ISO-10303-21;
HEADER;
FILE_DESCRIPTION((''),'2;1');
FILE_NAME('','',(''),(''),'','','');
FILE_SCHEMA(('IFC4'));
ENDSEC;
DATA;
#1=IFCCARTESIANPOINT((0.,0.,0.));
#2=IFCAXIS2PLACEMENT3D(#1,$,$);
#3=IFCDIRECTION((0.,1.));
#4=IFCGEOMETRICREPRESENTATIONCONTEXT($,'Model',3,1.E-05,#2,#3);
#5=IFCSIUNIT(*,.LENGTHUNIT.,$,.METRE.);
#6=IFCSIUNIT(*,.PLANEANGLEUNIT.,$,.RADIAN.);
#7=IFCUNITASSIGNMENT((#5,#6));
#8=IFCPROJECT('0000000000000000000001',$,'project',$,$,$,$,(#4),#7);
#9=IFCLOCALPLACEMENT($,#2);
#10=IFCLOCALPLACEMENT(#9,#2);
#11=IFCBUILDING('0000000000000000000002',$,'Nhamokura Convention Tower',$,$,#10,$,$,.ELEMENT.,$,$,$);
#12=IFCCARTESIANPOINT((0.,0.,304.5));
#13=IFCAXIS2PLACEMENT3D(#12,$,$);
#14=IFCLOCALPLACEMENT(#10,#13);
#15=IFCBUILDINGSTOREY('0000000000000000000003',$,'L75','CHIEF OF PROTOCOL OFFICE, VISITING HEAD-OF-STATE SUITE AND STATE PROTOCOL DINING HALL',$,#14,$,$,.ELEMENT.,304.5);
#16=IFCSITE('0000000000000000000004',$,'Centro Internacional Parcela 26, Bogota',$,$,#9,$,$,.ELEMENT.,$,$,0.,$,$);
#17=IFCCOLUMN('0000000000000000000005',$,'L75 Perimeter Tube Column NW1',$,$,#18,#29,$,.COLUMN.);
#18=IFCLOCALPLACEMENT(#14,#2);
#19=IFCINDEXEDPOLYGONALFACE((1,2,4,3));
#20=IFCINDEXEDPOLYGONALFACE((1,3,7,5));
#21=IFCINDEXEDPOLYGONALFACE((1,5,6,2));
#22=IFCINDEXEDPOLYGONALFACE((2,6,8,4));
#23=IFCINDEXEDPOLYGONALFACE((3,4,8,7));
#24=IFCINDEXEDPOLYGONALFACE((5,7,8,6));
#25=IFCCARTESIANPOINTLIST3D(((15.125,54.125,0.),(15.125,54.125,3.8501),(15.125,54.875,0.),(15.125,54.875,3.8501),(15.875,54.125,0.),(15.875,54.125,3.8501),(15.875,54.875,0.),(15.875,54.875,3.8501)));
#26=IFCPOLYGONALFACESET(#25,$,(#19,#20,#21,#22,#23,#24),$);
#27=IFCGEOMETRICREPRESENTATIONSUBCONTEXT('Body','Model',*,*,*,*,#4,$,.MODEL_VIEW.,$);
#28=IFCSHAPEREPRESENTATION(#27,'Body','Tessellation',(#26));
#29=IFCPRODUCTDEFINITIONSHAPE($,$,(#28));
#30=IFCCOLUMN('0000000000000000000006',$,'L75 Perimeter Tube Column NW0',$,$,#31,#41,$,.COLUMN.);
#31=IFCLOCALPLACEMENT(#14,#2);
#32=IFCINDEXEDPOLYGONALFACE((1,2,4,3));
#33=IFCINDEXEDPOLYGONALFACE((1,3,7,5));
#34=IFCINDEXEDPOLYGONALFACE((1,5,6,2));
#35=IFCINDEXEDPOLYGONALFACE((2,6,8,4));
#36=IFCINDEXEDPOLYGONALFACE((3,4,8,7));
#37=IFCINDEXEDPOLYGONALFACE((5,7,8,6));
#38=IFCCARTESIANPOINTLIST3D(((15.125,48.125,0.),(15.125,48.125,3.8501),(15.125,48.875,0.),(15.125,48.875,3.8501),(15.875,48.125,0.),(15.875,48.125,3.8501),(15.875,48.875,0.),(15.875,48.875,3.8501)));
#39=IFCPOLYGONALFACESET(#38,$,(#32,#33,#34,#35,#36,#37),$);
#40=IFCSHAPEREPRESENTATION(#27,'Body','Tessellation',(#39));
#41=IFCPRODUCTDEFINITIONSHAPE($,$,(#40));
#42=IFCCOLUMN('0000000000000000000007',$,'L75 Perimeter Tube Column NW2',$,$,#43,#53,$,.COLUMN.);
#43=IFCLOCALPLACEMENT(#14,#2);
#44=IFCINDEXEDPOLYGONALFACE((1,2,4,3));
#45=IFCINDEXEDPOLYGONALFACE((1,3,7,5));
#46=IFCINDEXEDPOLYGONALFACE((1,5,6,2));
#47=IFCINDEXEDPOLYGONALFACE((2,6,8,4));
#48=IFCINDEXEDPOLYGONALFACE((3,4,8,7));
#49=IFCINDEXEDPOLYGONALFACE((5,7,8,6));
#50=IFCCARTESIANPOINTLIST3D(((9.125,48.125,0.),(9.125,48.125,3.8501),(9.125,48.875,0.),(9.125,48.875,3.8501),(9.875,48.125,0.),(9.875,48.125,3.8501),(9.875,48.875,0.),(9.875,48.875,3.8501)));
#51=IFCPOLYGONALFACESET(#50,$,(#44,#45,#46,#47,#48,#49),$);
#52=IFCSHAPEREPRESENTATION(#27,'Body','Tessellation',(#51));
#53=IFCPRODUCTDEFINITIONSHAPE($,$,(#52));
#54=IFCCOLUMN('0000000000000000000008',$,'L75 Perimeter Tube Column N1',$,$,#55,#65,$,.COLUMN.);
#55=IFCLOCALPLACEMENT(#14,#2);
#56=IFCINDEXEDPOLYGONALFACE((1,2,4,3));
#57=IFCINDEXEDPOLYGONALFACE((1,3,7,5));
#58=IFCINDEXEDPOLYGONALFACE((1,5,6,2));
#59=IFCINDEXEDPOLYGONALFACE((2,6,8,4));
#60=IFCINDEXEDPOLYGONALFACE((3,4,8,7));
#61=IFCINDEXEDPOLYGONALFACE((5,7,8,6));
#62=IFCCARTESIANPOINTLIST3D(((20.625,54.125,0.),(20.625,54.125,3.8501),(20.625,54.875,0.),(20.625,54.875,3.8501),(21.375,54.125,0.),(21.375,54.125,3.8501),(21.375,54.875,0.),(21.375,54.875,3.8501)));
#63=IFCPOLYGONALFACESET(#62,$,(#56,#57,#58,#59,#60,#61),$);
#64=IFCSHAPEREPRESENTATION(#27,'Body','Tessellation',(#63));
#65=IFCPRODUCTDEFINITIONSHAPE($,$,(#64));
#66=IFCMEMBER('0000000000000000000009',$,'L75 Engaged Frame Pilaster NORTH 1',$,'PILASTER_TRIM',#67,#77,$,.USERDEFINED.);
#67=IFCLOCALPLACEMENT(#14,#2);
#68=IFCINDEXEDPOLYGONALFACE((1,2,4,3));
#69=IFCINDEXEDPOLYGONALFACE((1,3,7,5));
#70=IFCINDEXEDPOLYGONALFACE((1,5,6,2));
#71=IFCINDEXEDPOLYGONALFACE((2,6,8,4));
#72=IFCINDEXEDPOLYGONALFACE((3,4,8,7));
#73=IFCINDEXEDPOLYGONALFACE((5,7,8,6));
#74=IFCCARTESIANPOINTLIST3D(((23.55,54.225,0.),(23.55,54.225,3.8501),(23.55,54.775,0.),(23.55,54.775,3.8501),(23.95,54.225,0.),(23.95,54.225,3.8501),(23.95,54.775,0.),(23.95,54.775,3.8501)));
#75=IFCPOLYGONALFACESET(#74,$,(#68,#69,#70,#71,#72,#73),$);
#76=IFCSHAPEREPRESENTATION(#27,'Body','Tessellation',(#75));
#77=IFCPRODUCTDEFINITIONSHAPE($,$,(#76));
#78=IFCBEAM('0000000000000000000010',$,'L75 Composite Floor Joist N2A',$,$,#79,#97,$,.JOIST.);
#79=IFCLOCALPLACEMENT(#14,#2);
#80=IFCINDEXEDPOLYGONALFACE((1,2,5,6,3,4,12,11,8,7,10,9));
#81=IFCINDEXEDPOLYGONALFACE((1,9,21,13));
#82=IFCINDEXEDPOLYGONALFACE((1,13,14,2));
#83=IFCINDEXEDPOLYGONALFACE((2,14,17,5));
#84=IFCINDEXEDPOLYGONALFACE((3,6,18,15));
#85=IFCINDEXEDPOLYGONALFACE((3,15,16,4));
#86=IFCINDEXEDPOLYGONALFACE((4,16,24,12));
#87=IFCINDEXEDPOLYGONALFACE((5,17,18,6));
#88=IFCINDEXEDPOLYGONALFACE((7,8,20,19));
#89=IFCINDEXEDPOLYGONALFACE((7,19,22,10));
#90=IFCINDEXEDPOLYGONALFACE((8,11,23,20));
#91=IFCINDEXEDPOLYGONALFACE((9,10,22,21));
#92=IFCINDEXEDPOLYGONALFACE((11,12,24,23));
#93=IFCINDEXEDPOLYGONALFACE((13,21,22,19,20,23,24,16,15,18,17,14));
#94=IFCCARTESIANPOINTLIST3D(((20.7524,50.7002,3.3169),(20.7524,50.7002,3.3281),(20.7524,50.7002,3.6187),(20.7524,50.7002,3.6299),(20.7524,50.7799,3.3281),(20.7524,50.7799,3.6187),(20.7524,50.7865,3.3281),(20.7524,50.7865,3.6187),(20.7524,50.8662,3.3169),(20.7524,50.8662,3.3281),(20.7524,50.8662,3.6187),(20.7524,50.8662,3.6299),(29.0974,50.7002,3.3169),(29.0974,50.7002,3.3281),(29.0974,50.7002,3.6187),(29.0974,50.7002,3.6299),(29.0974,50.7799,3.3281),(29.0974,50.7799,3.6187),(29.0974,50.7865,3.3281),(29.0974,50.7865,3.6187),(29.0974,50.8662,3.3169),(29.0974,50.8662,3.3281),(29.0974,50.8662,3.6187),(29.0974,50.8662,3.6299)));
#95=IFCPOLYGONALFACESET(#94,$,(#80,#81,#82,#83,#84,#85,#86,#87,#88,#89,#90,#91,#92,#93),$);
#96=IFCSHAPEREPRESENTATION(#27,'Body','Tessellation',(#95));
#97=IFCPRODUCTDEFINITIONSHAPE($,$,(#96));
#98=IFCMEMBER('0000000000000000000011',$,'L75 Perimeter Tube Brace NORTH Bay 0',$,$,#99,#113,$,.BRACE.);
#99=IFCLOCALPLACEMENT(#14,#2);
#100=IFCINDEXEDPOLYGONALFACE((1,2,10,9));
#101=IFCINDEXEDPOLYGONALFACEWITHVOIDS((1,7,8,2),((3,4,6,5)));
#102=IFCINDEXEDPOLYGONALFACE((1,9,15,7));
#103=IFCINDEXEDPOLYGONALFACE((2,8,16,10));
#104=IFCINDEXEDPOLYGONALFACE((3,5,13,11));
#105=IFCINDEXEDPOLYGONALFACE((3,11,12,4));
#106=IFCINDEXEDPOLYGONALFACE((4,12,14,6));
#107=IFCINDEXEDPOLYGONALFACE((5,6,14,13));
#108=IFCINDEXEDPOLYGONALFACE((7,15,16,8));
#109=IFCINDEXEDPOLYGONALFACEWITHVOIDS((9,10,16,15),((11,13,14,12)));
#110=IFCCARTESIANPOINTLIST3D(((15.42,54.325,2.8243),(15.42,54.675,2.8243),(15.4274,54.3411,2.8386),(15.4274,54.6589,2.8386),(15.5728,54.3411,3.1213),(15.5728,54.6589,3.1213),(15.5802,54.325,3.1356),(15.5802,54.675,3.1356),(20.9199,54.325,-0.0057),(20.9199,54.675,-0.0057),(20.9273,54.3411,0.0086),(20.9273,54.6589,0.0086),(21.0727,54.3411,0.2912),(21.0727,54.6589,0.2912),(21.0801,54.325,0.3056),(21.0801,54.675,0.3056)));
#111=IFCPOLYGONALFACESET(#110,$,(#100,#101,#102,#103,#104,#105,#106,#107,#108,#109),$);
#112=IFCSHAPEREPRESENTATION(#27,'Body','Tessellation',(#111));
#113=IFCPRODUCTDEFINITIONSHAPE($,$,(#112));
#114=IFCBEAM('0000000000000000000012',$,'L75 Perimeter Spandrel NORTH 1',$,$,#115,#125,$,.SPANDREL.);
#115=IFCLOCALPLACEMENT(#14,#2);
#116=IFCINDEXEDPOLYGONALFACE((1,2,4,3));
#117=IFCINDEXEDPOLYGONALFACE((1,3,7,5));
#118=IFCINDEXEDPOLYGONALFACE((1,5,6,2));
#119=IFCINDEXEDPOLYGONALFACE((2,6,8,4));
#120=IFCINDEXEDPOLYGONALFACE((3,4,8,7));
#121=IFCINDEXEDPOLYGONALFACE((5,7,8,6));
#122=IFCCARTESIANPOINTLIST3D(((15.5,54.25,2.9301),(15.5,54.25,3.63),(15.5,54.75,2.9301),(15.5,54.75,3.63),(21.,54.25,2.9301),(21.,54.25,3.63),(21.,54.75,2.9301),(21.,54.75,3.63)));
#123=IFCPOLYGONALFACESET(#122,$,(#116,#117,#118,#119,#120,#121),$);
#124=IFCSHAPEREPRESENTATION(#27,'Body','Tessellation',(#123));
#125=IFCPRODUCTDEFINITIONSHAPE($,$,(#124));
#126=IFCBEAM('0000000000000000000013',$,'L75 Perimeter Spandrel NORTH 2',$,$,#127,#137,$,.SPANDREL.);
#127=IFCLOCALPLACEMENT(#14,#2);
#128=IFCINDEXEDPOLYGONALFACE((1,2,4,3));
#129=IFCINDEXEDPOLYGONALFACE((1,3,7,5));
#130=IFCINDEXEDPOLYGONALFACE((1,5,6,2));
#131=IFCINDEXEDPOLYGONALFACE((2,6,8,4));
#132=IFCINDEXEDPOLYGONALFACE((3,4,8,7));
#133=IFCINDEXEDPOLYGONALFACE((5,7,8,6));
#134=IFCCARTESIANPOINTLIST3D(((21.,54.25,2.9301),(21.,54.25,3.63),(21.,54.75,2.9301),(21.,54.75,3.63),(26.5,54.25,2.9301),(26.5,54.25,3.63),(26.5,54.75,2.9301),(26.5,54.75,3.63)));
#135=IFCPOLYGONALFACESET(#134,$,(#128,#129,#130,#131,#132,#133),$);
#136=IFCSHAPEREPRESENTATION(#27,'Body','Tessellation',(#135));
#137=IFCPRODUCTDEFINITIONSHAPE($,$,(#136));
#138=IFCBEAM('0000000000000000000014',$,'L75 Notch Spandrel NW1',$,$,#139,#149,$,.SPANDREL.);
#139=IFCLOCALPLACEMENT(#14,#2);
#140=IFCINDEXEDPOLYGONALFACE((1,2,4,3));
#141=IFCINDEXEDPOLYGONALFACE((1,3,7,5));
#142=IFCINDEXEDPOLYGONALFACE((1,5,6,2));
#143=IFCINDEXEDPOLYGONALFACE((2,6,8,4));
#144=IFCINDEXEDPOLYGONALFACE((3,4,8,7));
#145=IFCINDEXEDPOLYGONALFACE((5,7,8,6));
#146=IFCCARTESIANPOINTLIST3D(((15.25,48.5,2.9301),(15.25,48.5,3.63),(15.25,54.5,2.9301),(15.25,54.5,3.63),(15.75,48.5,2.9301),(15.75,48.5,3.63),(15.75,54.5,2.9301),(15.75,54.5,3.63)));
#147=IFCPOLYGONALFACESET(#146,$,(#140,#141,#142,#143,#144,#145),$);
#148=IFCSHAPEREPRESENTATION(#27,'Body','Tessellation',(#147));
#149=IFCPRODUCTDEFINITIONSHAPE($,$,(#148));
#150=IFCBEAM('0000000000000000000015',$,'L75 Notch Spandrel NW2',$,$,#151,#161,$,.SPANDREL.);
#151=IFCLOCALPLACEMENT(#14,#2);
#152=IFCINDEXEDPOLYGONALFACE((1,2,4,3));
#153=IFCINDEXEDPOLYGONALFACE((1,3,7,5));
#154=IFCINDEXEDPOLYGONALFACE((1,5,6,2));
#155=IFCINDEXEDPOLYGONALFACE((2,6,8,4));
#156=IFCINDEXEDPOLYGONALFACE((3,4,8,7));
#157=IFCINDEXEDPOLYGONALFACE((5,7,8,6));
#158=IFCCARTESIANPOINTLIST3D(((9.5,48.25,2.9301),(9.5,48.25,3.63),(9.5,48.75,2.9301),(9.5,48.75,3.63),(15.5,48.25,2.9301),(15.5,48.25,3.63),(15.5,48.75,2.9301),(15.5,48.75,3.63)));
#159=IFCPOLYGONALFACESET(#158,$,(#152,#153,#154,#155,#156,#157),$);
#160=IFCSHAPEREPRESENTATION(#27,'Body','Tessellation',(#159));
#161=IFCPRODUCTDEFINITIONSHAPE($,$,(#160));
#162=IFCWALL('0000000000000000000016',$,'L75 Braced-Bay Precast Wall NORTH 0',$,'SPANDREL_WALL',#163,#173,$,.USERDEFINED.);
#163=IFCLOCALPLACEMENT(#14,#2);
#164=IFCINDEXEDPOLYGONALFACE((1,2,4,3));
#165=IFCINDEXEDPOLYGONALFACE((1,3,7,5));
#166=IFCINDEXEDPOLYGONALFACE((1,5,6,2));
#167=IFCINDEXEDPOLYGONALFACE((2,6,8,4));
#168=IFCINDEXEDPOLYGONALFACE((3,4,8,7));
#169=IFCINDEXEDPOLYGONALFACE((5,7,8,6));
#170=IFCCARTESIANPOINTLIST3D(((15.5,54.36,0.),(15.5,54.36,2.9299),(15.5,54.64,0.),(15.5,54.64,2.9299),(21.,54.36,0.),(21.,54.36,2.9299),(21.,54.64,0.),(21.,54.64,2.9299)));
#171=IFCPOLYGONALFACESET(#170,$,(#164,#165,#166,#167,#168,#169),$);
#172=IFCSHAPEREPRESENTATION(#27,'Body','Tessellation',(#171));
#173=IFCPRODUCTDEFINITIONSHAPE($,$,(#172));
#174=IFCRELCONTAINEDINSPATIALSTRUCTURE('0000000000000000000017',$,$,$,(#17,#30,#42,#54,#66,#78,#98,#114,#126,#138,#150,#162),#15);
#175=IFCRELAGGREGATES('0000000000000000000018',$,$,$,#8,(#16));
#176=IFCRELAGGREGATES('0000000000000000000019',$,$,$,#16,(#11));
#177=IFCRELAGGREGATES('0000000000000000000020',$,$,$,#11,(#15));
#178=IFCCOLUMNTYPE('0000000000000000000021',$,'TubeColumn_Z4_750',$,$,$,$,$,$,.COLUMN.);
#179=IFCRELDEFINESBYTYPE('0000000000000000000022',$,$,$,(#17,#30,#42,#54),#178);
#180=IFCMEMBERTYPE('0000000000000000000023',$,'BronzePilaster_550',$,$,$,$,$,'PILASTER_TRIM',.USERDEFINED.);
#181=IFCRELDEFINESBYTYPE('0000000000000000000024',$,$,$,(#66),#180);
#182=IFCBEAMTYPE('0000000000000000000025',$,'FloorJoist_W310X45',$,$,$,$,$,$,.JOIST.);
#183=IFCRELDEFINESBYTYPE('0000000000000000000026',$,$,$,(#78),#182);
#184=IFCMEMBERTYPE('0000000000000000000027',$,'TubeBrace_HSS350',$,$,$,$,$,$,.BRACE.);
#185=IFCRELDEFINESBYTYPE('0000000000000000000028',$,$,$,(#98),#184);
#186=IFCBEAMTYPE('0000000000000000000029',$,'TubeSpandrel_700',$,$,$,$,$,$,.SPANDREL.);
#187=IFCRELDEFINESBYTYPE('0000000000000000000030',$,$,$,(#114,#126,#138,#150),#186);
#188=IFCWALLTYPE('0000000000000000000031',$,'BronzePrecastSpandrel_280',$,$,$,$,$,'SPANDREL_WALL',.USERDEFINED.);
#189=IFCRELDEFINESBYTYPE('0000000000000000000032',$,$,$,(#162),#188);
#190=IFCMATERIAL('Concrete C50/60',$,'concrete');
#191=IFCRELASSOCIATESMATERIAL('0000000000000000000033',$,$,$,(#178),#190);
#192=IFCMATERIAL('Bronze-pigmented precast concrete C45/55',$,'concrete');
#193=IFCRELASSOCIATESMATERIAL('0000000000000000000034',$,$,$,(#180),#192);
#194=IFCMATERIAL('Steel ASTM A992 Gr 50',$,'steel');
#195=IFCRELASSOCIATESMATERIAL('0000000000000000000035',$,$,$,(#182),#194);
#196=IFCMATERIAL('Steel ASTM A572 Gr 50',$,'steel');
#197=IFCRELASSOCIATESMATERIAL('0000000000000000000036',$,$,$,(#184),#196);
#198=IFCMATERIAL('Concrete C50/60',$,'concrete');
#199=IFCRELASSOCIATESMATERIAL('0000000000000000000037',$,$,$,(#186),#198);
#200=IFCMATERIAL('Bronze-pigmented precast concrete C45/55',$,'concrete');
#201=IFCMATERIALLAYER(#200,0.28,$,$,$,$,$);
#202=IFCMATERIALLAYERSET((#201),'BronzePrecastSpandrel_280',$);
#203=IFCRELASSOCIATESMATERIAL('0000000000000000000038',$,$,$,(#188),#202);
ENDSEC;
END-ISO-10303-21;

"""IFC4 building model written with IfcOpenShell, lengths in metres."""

from ifc_helpers import new_model, si_unit, direction, frame, frame_2d, origin, origin_2d, place, context, subcontext, project, spatial, rectangle, hollow_rectangle, i_section, extrude, material, layer, layer_set, material_profile, profile_set, type_object, element, save


model = new_model("IFC4")

# Units and contexts
model_context = context("Model", 3, precision=1e-05, world=origin(), true_north=direction((0.0, 1.0)))
body_context = subcontext(model_context, "Body", "Model", "MODEL_VIEW")
ifc_project = project(units=[si_unit("LENGTHUNIT", "METRE"), si_unit("PLANEANGLEUNIT", "RADIAN")], contexts=[model_context])

# Site, building, storey
site_placement = place(None, origin())
site = spatial("IfcSite", under=ifc_project, at=site_placement, Name="Centro Internacional Parcela 26, Bogota", CompositionType="ELEMENT", RefElevation=0.0)
building_placement = place(site_placement, origin())
building = spatial("IfcBuilding", under=site, at=building_placement, Name="Nhamokura Convention Tower", CompositionType="ELEMENT")
storey_placement = place(building_placement, frame((0.0, 0.0, 304.5)))
storey = spatial("IfcBuildingStorey", under=building, at=storey_placement, Name="L75", Description="CHIEF OF PROTOCOL OFFICE, VISITING HEAD-OF-STATE SUITE AND STATE PROTOCOL DINING HALL", CompositionType="ELEMENT", Elevation=304.5)

# Columns
ifc_material_1 = material(Name="Concrete C50/60", Category="concrete")
ifc_material_profile_1 = material_profile(ifc_material_1, rectangle(XDim=0.75, YDim=0.75, at=origin_2d()))
ifc_profile_set_1 = profile_set([ifc_material_profile_1], Name="Concrete C50/60")
column_type = type_object("IfcColumnType", Name="TubeColumn_Z4_750", PredefinedType="COLUMN", material=ifc_profile_set_1)
for number, where, z_axis, x_axis, name in (
    (1, (15.5, 54.5, 0.0), (0.0, 0.0, 1.0), (1.0, 0.0, 0.0), "L75 Perimeter Tube Column NW1"),
    (2, (15.5, 48.5, 0.0), (0.0, 0.0, 1.0), (1.0, 0.0, 0.0), "L75 Perimeter Tube Column NW0"),
    (3, (9.5, 48.5, 0.0), (0.0, 0.0, 1.0), (1.0, 0.0, 0.0), "L75 Perimeter Tube Column NW2"),
    (4, (21.0, 54.5, 0.0), (0.0, 0.0, 1.0), (1.0, 0.0, 0.0), "L75 Perimeter Tube Column N1"),
):
    element("IfcColumn", number, at=place(storey_placement, frame(where, z_axis=z_axis, x_axis=x_axis)), inside=storey, type_object=column_type, Name=name, PredefinedType="COLUMN", context=body_context, shape_type="SweptSolid", body=[
        extrude(rectangle(XDim=0.75, YDim=0.75, at=origin_2d()), origin(), (0.0, 0.0, 1.0), 3.8501),
    ])

# Member
ifc_material_2 = material(Name="Bronze-pigmented precast concrete C45/55", Category="concrete")
ifc_material_profile_2 = material_profile(ifc_material_2, rectangle(XDim=0.3999, YDim=0.55, at=origin_2d()))
ifc_profile_set_2 = profile_set([ifc_material_profile_2], Name="Bronze-pigmented precast concrete C45/55")
member_type_1 = type_object("IfcMemberType", Name="BronzePilaster_550", ElementType="PILASTER_TRIM", PredefinedType="USERDEFINED", material=ifc_profile_set_2)
member_1_placement = place(storey_placement, frame((23.75, 54.5, 0.0), z_axis=(0.0, 0.0, 1.0), x_axis=(1.0, 0.0, 0.0)))
element("IfcMember", 5, at=member_1_placement, inside=storey, type_object=member_type_1, Name="L75 Engaged Frame Pilaster NORTH 1", ObjectType="PILASTER_TRIM", PredefinedType="USERDEFINED", context=body_context, shape_type="SweptSolid", body=[
    extrude(rectangle(XDim=0.3999, YDim=0.55, at=origin_2d()), origin(), (0.0, 0.0, 1.0), 3.8501),
])

# Beam
ifc_material_3 = material(Name="Steel ASTM A992 Gr 50", Category="steel")
ifc_material_profile_3 = material_profile(ifc_material_3, i_section(OverallWidth=0.166, OverallDepth=0.313, WebThickness=0.0066, FlangeThickness=0.0112, at=origin_2d()))
ifc_profile_set_3 = profile_set([ifc_material_profile_3], Name="Steel ASTM A992 Gr 50")
beam_type_1 = type_object("IfcBeamType", Name="FloorJoist_W310X45", PredefinedType="JOIST", material=ifc_profile_set_3)
beam_placement = place(storey_placement, frame((20.7524, 50.7832, 3.4734), z_axis=(1.0, 0.0, 0.0), x_axis=(0.0, 1.0, 0.0)))
element("IfcBeam", 6, at=beam_placement, inside=storey, type_object=beam_type_1, Name="L75 Composite Floor Joist N2A", PredefinedType="JOIST", context=body_context, shape_type="SweptSolid", body=[
    extrude(i_section(OverallWidth=0.166, OverallDepth=0.313, WebThickness=0.0066, FlangeThickness=0.0112, at=origin_2d()), origin(), (0.0, 0.0, 1.0), 8.345),
])

# Member
ifc_material_4 = material(Name="Steel ASTM A572 Gr 50", Category="steel")
ifc_material_profile_4 = material_profile(ifc_material_4, hollow_rectangle(XDim=0.3501, YDim=0.3501, WallThickness=0.0161, at=origin_2d()))
ifc_profile_set_4 = profile_set([ifc_material_profile_4], Name="Steel ASTM A572 Gr 50")
member_type_2 = type_object("IfcMemberType", Name="TubeBrace_HSS350", PredefinedType="BRACE", material=ifc_profile_set_4)
member_2_placement = place(storey_placement, frame((21.0, 54.5, 0.1499), z_axis=(-0.889189, 0.0, 0.457541), x_axis=(0.0, -1.0, 0.0)))
element("IfcMember", 7, at=member_2_placement, inside=storey, type_object=member_type_2, Name="L75 Perimeter Tube Brace NORTH Bay 0", PredefinedType="BRACE", context=body_context, shape_type="SweptSolid", body=[
    extrude(hollow_rectangle(XDim=0.3501, YDim=0.3501, WallThickness=0.0161, at=origin_2d()), origin(), (0.0, 0.0, 1.0), 6.1853),
])

# Beams
ifc_material_5 = material(Name="Concrete C50/60", Category="concrete")
ifc_material_profile_5 = material_profile(ifc_material_5, rectangle(XDim=0.5, YDim=0.7, at=origin_2d()))
ifc_profile_set_5 = profile_set([ifc_material_profile_5], Name="Concrete C50/60")
beam_type_2 = type_object("IfcBeamType", Name="TubeSpandrel_700", PredefinedType="SPANDREL", material=ifc_profile_set_5)
for number, where, z_axis, x_axis, name in (
    (8, (15.5, 54.5, 3.28), (1.0, 0.0, 0.0), (0.0, 1.0, 0.0), "L75 Perimeter Spandrel NORTH 1"),
    (9, (21.0, 54.5, 3.28), (1.0, 0.0, 0.0), (0.0, 1.0, 0.0), "L75 Perimeter Spandrel NORTH 2"),
):
    element("IfcBeam", number, at=place(storey_placement, frame(where, z_axis=z_axis, x_axis=x_axis)), inside=storey, type_object=beam_type_2, Name=name, PredefinedType="SPANDREL", context=body_context, shape_type="SweptSolid", body=[
        extrude(rectangle(XDim=0.5, YDim=0.7, at=origin_2d()), origin(), (0.0, 0.0, 1.0), 5.5),
    ])
for number, where, z_axis, x_axis, name in (
    (10, (15.5, 54.5, 3.28), (0.0, -1.0, 0.0), (1.0, 0.0, 0.0), "L75 Notch Spandrel NW1"),
    (11, (15.5, 48.5, 3.28), (-1.0, 0.0, 0.0), (0.0, -1.0, 0.0), "L75 Notch Spandrel NW2"),
):
    element("IfcBeam", number, at=place(storey_placement, frame(where, z_axis=z_axis, x_axis=x_axis)), inside=storey, type_object=beam_type_2, Name=name, PredefinedType="SPANDREL", context=body_context, shape_type="SweptSolid", body=[
        extrude(rectangle(XDim=0.5, YDim=0.7, at=origin_2d()), origin(), (0.0, 0.0, 1.0), 6.0),
    ])

# Wall
ifc_material_6 = material(Name="Bronze-pigmented precast concrete C45/55", Category="concrete")
ifc_layer_1 = layer(ifc_material_6, 0.28)
ifc_layer_set_1 = layer_set([ifc_layer_1], Name="BronzePrecastSpandrel_280")
wall_type_1 = type_object("IfcWallType", Name="BronzePrecastSpandrel_280", ElementType="SPANDREL_WALL", PredefinedType="USERDEFINED", material=ifc_layer_set_1)
wall_1_placement = place(storey_placement, frame((15.5, 54.5, 0.0), z_axis=(0.0, 0.0, 1.0), x_axis=(1.0, 0.0, 0.0)))
element("IfcWall", 12, at=wall_1_placement, inside=storey, type_object=wall_type_1, Name="L75 Braced-Bay Precast Wall NORTH 0", ObjectType="SPANDREL_WALL", PredefinedType="USERDEFINED", context=body_context, shape_type="SweptSolid", body=[
    extrude(rectangle(XDim=5.5, YDim=0.28, at=frame_2d((2.75, 0.0))), origin(), (0.0, 0.0, 1.0), 2.9299),
])

save(model, "model.ifc")
